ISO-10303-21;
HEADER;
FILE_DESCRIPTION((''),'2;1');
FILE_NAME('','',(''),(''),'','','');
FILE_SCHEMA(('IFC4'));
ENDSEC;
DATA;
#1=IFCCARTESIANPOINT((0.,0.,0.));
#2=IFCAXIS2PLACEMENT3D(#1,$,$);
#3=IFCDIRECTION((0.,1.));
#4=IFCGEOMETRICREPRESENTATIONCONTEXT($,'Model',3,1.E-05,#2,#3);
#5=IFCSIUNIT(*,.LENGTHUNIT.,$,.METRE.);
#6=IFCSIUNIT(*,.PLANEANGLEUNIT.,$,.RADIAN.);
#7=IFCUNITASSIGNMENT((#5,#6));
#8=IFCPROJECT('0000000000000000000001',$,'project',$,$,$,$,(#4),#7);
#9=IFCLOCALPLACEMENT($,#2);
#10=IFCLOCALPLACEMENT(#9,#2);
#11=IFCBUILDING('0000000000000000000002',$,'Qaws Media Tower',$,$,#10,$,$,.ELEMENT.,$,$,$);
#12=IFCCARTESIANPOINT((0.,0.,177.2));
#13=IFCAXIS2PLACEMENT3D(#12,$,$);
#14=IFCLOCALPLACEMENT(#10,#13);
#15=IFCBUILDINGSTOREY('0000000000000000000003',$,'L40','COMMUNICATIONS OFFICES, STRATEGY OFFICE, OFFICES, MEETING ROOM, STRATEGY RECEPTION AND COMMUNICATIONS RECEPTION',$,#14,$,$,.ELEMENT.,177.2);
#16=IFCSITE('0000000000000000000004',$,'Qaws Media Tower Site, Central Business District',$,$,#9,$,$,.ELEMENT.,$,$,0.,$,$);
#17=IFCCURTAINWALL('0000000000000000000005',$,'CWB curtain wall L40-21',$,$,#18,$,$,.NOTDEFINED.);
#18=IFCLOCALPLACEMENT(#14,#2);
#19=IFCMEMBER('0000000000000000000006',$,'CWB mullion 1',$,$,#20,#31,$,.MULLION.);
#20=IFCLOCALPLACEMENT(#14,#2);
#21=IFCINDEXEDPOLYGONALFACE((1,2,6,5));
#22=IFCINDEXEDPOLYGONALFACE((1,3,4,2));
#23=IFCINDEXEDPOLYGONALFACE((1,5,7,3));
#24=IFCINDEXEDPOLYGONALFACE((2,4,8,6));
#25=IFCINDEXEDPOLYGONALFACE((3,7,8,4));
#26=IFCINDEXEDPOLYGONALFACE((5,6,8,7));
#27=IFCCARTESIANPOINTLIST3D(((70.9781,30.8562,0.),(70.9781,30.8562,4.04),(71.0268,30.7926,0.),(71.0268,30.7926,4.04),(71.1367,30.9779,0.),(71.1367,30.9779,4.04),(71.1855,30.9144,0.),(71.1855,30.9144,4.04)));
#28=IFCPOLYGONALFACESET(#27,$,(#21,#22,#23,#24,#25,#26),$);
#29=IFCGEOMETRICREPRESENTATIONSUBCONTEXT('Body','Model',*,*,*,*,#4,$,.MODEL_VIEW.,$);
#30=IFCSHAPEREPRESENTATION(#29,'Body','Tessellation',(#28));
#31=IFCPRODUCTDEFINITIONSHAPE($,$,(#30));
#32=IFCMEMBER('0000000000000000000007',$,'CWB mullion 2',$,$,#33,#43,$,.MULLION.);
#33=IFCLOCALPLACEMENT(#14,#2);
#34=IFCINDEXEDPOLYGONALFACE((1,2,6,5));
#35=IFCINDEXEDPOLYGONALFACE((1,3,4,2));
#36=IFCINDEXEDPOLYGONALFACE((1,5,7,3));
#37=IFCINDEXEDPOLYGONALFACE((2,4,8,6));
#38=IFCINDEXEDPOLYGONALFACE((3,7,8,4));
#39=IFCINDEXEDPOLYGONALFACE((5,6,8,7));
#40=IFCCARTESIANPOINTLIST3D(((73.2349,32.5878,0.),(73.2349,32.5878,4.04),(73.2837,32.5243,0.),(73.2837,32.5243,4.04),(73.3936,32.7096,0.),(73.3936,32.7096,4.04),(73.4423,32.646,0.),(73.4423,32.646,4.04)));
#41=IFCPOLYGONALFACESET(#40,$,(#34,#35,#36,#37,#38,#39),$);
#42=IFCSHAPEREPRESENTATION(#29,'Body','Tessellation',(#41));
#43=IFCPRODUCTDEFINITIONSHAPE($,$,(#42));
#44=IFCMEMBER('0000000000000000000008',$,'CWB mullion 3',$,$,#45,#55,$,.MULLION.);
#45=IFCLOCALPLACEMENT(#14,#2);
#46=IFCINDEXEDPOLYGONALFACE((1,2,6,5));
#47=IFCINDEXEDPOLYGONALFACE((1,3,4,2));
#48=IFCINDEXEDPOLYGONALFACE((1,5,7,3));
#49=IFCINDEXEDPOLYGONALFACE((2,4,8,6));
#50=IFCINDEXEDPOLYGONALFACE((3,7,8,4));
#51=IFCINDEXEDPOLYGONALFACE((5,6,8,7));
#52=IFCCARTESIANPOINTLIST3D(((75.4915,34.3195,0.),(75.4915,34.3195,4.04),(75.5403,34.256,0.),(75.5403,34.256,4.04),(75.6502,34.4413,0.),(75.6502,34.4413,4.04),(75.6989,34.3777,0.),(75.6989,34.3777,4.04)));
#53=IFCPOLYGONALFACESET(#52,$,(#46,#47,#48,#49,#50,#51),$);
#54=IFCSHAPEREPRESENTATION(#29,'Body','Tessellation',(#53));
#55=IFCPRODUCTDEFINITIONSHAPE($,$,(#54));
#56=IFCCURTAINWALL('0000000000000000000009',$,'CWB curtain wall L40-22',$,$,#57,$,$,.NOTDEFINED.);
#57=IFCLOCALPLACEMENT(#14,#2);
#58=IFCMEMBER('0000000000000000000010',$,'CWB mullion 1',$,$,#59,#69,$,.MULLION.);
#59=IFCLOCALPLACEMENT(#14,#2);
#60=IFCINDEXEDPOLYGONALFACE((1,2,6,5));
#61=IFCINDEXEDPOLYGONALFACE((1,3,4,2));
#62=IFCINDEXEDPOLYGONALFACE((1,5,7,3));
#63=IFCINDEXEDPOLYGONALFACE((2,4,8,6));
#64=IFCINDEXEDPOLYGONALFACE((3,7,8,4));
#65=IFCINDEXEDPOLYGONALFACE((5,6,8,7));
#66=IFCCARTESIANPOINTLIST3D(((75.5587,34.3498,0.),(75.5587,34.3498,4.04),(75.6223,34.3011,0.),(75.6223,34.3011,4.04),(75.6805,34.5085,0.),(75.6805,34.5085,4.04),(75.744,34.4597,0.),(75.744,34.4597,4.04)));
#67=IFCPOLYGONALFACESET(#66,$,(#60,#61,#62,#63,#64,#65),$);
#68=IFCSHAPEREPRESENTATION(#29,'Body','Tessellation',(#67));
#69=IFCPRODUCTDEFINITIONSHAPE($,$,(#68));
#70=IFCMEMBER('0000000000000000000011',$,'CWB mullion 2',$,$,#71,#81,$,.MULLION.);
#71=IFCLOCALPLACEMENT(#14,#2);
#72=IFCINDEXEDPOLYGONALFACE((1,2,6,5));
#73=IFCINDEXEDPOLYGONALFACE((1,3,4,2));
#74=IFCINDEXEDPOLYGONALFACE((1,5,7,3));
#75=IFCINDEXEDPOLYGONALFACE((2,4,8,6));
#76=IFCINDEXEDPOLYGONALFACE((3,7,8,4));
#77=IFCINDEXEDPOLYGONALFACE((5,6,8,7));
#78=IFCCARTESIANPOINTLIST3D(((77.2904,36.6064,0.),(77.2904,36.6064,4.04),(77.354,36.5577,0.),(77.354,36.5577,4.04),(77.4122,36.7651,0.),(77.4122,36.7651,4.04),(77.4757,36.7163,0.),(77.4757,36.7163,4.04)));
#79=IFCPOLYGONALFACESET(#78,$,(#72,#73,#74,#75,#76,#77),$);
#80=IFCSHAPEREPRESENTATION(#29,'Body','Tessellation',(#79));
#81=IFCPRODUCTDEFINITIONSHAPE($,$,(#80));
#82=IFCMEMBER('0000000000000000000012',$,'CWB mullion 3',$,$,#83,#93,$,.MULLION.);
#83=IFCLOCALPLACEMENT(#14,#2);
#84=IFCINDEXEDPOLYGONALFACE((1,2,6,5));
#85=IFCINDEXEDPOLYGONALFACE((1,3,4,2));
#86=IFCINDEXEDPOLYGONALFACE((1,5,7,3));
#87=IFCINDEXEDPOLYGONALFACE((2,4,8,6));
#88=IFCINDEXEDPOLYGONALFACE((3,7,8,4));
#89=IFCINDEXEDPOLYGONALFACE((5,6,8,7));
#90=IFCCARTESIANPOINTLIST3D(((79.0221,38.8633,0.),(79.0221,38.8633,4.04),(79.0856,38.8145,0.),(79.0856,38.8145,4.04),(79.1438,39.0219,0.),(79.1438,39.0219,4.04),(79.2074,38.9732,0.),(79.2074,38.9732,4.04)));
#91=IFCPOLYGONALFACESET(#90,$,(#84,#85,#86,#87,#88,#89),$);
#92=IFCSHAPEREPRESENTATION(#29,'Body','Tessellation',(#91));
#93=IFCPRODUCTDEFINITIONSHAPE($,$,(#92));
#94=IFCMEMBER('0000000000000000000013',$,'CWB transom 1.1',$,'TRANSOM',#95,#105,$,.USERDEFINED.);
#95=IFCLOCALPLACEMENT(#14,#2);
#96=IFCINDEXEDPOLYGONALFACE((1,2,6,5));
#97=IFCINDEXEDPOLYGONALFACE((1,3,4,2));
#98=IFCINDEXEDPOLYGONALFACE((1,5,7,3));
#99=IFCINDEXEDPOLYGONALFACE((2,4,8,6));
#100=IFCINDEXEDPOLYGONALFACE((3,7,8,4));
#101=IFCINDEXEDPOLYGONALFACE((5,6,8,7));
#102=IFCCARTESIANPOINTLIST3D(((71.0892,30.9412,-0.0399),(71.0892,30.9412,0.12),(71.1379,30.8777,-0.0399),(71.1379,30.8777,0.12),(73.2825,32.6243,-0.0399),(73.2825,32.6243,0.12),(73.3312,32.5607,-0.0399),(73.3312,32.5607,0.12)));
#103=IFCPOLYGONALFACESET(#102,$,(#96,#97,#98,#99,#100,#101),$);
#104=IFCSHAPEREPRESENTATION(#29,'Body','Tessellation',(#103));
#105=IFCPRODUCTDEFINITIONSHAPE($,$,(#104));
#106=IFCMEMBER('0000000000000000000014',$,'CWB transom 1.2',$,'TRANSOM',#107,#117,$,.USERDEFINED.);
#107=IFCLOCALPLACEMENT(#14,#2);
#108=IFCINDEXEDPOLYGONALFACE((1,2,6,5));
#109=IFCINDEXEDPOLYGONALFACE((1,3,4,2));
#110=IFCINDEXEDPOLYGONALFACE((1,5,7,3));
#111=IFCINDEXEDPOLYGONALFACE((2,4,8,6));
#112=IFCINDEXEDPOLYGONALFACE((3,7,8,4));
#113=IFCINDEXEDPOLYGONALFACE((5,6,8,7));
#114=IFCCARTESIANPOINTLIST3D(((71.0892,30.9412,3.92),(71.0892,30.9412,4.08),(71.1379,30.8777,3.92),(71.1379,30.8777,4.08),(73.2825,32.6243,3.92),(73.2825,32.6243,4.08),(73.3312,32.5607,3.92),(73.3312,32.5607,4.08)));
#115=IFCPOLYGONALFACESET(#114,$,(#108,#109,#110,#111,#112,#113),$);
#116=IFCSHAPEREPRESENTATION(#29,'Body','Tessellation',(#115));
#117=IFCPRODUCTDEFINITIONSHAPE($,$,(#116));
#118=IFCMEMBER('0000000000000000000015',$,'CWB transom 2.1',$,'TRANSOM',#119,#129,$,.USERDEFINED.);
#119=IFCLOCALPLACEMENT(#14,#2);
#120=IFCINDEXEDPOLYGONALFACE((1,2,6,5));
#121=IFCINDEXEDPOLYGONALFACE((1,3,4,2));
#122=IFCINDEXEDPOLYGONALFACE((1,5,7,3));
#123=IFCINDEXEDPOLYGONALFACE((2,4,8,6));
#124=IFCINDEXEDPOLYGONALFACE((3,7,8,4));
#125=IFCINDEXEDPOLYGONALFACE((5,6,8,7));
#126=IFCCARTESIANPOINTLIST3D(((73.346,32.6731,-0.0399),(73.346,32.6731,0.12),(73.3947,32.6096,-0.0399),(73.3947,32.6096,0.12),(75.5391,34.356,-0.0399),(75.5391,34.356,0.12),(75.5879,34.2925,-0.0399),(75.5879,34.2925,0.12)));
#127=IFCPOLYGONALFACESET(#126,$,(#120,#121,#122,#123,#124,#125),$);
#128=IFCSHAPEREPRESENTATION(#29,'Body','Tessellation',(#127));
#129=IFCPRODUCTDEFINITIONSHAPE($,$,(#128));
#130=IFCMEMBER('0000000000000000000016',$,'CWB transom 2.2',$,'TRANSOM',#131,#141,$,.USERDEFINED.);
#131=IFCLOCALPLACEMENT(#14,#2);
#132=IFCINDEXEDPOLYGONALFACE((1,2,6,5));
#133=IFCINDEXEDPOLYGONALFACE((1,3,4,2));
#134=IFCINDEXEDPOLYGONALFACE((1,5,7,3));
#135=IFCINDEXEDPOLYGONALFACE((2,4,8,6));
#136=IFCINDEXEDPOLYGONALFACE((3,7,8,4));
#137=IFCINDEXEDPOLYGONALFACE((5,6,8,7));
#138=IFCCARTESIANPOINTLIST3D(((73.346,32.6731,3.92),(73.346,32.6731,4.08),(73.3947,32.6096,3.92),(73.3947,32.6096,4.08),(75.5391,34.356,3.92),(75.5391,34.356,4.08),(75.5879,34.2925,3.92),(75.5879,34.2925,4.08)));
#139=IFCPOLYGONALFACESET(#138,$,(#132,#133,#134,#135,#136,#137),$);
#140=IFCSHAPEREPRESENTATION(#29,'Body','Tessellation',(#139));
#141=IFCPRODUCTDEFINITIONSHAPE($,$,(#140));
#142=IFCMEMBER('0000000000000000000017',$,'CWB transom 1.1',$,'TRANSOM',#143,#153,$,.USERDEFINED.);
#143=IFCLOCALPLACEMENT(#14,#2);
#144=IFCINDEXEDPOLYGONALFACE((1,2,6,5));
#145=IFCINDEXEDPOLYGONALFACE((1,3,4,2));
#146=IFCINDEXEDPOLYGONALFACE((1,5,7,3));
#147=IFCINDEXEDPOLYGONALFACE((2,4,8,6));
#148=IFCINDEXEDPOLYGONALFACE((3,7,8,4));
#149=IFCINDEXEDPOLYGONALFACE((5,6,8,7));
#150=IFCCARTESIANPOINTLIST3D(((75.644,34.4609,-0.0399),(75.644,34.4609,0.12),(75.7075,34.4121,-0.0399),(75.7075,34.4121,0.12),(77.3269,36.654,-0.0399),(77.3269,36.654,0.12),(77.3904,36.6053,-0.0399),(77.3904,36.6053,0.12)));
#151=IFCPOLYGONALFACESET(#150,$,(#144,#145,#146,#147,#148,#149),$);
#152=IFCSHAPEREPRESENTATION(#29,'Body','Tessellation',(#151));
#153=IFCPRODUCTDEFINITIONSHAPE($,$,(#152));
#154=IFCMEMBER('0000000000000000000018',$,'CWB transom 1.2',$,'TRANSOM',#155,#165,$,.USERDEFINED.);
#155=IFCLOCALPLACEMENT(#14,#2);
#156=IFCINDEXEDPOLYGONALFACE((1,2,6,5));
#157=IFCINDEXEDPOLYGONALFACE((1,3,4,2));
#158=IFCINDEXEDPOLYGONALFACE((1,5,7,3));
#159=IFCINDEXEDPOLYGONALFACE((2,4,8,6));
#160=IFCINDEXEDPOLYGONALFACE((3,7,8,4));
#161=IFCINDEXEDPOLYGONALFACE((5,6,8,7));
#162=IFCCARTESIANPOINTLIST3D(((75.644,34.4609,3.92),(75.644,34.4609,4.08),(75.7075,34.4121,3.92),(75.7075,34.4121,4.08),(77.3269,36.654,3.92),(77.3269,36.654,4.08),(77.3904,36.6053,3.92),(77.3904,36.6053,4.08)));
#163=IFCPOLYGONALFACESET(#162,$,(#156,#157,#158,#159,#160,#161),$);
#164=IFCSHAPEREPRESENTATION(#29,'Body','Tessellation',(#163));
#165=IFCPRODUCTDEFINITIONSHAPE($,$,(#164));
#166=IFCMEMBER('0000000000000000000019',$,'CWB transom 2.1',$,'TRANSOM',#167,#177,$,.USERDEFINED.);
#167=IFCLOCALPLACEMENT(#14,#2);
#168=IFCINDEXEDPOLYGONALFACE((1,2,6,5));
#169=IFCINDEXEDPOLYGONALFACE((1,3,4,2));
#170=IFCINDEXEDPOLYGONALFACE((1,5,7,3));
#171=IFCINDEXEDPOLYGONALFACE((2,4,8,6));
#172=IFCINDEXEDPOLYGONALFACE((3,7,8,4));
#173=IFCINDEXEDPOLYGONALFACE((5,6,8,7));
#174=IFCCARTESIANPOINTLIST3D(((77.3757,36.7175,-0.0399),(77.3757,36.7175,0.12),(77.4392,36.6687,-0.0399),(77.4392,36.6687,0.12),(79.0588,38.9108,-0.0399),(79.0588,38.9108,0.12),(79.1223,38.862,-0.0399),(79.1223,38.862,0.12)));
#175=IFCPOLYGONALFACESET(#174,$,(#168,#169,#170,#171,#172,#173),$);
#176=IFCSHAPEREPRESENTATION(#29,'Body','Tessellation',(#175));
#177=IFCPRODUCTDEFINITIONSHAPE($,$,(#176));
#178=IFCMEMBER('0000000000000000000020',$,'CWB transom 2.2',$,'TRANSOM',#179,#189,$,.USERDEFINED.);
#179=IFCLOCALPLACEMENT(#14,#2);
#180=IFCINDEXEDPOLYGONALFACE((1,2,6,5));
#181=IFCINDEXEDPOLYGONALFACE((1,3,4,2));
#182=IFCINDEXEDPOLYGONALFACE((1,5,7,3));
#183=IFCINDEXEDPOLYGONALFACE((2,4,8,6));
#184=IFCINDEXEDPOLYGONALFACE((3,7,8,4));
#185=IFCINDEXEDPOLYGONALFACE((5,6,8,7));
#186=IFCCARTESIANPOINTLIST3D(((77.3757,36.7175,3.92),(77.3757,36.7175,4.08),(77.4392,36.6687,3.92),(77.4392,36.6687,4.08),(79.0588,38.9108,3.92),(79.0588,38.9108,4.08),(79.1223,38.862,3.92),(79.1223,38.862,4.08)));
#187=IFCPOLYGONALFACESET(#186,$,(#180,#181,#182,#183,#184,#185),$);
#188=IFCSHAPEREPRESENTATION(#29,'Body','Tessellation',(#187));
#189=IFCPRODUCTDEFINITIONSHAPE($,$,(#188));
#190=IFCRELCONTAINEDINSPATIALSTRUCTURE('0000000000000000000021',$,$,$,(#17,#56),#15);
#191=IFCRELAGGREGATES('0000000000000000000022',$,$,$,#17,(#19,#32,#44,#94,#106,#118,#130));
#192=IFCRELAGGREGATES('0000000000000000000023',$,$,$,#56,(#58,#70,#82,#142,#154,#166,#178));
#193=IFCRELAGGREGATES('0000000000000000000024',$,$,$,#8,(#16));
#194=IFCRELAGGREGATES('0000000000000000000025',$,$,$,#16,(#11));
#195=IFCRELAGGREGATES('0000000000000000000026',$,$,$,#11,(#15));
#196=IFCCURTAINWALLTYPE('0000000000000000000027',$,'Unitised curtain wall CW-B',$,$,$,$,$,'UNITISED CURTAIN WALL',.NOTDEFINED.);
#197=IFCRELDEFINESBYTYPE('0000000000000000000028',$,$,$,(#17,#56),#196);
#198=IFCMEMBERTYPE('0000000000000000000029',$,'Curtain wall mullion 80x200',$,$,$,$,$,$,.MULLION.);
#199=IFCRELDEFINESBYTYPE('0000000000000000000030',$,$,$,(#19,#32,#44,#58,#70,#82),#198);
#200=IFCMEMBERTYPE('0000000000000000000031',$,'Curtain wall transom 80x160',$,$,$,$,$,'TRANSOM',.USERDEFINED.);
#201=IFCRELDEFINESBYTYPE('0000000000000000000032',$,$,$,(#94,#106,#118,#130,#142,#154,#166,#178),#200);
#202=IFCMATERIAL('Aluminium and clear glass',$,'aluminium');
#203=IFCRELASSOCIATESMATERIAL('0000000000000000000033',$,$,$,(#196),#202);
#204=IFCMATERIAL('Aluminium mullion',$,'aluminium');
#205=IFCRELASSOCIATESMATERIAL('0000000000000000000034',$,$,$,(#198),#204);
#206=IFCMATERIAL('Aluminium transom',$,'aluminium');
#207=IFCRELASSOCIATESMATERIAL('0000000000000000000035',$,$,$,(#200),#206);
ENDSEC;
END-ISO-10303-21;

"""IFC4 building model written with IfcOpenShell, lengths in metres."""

from ifc_helpers import new_model, si_unit, direction, frame, origin, origin_2d, place, context, subcontext, project, spatial, rectangle, extrude, material, material_profile, profile_set, type_object, element, aggregate, save


model = new_model("IFC4")

# Units and contexts
model_context = context("Model", 3, precision=1e-05, world=origin(), true_north=direction((0.0, 1.0)))
body_context = subcontext(model_context, "Body", "Model", "MODEL_VIEW")
ifc_project = project(units=[si_unit("LENGTHUNIT", "METRE"), si_unit("PLANEANGLEUNIT", "RADIAN")], contexts=[model_context])

# Site, building, storey
site_placement = place(None, origin())
site = spatial("IfcSite", under=ifc_project, at=site_placement, Name="Qaws Media Tower Site, Central Business District", CompositionType="ELEMENT", RefElevation=0.0)
building_placement = place(site_placement, origin())
building = spatial("IfcBuilding", under=site, at=building_placement, Name="Qaws Media Tower", CompositionType="ELEMENT")
storey_placement = place(building_placement, frame((0.0, 0.0, 177.2)))
storey = spatial("IfcBuildingStorey", under=building, at=storey_placement, Name="L40", Description="COMMUNICATIONS OFFICES, STRATEGY OFFICE, OFFICES, MEETING ROOM, STRATEGY RECEPTION AND COMMUNICATIONS RECEPTION", CompositionType="ELEMENT", Elevation=177.2)

# Curtain walls, members
ifc_material_1 = material(Name="Aluminium and clear glass", Category="aluminium")
curtain_wall_type = type_object("IfcCurtainWallType", Name="Unitised curtain wall CW-B", ElementType="UNITISED CURTAIN WALL", PredefinedType="NOTDEFINED", material=ifc_material_1)
curtain_wall_1_placement = place(storey_placement, origin())
curtain_wall_1 = element("IfcCurtainWall", 1, at=curtain_wall_1_placement, inside=storey, type_object=curtain_wall_type, Name="CWB curtain wall L40-21", PredefinedType="NOTDEFINED")
ifc_material_2 = material(Name="Aluminium mullion", Category="aluminium")
ifc_material_profile_1 = material_profile(ifc_material_2, rectangle(XDim=0.0801, YDim=0.2, at=origin_2d()), Name="80x200")
ifc_profile_set_1 = profile_set([ifc_material_profile_1], Name="Aluminium mullion")
member_type_1 = type_object("IfcMemberType", Name="Curtain wall mullion 80x200", PredefinedType="MULLION", material=ifc_profile_set_1)
member_1_placement = place(storey_placement, frame((71.0818, 30.8853, 0.0), z_axis=(0.0, 0.0, 1.0), x_axis=(-0.608761, 0.793353, 0.0)))
member_1 = element("IfcMember", 2, at=member_1_placement, type_object=member_type_1, Name="CWB mullion 1", PredefinedType="MULLION", context=body_context, shape_type="SweptSolid", body=[
    extrude(rectangle(XDim=0.0801, YDim=0.2, at=origin_2d()), origin(), (0.0, 0.0, 1.0), 4.04),
])
member_2_placement = place(storey_placement, frame((73.3386, 32.6169, 0.0), z_axis=(0.0, 0.0, 1.0), x_axis=(-0.608761, 0.793353, 0.0)))
member_2 = element("IfcMember", 3, at=member_2_placement, type_object=member_type_1, Name="CWB mullion 2", PredefinedType="MULLION", context=body_context, shape_type="SweptSolid", body=[
    extrude(rectangle(XDim=0.0801, YDim=0.2, at=origin_2d()), origin(), (0.0, 0.0, 1.0), 4.04),
])
member_3_placement = place(storey_placement, frame((75.5952, 34.3486, 0.0), z_axis=(0.0, 0.0, 1.0), x_axis=(-0.608761, 0.793353, 0.0)))
member_3 = element("IfcMember", 4, at=member_3_placement, type_object=member_type_1, Name="CWB mullion 3", PredefinedType="MULLION", context=body_context, shape_type="SweptSolid", body=[
    extrude(rectangle(XDim=0.0801, YDim=0.2, at=origin_2d()), origin(), (0.0, 0.0, 1.0), 4.04),
])
curtain_wall_2_placement = place(storey_placement, origin())
curtain_wall_2 = element("IfcCurtainWall", 5, at=curtain_wall_2_placement, inside=storey, type_object=curtain_wall_type, Name="CWB curtain wall L40-22", PredefinedType="NOTDEFINED")
member_4_placement = place(storey_placement, frame((75.6514, 34.4048, 0.0), z_axis=(0.0, 0.0, 1.0), x_axis=(-0.793353, 0.608761, 0.0)))
member_4 = element("IfcMember", 6, at=member_4_placement, type_object=member_type_1, Name="CWB mullion 1", PredefinedType="MULLION", context=body_context, shape_type="SweptSolid", body=[
    extrude(rectangle(XDim=0.0801, YDim=0.2, at=origin_2d()), origin(), (0.0, 0.0, 1.0), 4.04),
])
member_5_placement = place(storey_placement, frame((77.3831, 36.6614, 0.0), z_axis=(0.0, 0.0, 1.0), x_axis=(-0.793353, 0.608761, 0.0)))
member_5 = element("IfcMember", 7, at=member_5_placement, type_object=member_type_1, Name="CWB mullion 2", PredefinedType="MULLION", context=body_context, shape_type="SweptSolid", body=[
    extrude(rectangle(XDim=0.0801, YDim=0.2, at=origin_2d()), origin(), (0.0, 0.0, 1.0), 4.04),
])
member_6_placement = place(storey_placement, frame((79.1147, 38.9182, 0.0), z_axis=(0.0, 0.0, 1.0), x_axis=(-0.793353, 0.608761, 0.0)))
member_6 = element("IfcMember", 8, at=member_6_placement, type_object=member_type_1, Name="CWB mullion 3", PredefinedType="MULLION", context=body_context, shape_type="SweptSolid", body=[
    extrude(rectangle(XDim=0.0801, YDim=0.2, at=origin_2d()), origin(), (0.0, 0.0, 1.0), 4.04),
])

# Members
ifc_material_3 = material(Name="Aluminium transom", Category="aluminium")
ifc_material_profile_2 = material_profile(ifc_material_3, rectangle(XDim=0.0801, YDim=0.1599, at=origin_2d()), Name="80x160")
ifc_profile_set_2 = profile_set([ifc_material_profile_2], Name="Aluminium transom")
member_type_2 = type_object("IfcMemberType", Name="Curtain wall transom 80x160", ElementType="TRANSOM", PredefinedType="USERDEFINED", material=ifc_profile_set_2)
member_7_placement = place(storey_placement, frame((71.1135, 30.9094, 0.04), z_axis=(0.793339, 0.60878, 0.0), x_axis=(-0.60878, 0.793339, 0.0)))
member_7 = element("IfcMember", 9, at=member_7_placement, type_object=member_type_2, Name="CWB transom 1.1", ObjectType="TRANSOM", PredefinedType="USERDEFINED", context=body_context, shape_type="SweptSolid", body=[
    extrude(rectangle(XDim=0.0801, YDim=0.1599, at=origin_2d()), origin(), (0.0, 0.0, 1.0), 2.7646),
])
member_8_placement = place(storey_placement, frame((71.1135, 30.9094, 4.0), z_axis=(0.793339, 0.60878, 0.0), x_axis=(-0.60878, 0.793339, 0.0)))
member_8 = element("IfcMember", 10, at=member_8_placement, type_object=member_type_2, Name="CWB transom 1.2", ObjectType="TRANSOM", PredefinedType="USERDEFINED", context=body_context, shape_type="SweptSolid", body=[
    extrude(rectangle(XDim=0.0801, YDim=0.1599, at=origin_2d()), origin(), (0.0, 0.0, 1.0), 2.7646),
])
member_9_placement = place(storey_placement, frame((73.3704, 32.6414, 0.04), z_axis=(0.793349, 0.608767, 0.0), x_axis=(-0.608767, 0.793349, 0.0)))
member_9 = element("IfcMember", 11, at=member_9_placement, type_object=member_type_2, Name="CWB transom 2.1", ObjectType="TRANSOM", PredefinedType="USERDEFINED", context=body_context, shape_type="SweptSolid", body=[
    extrude(rectangle(XDim=0.0801, YDim=0.1599, at=origin_2d()), origin(), (0.0, 0.0, 1.0), 2.7644),
])
member_10_placement = place(storey_placement, frame((73.3704, 32.6414, 4.0), z_axis=(0.793349, 0.608767, 0.0), x_axis=(-0.608767, 0.793349, 0.0)))
member_10 = element("IfcMember", 12, at=member_10_placement, type_object=member_type_2, Name="CWB transom 2.2", ObjectType="TRANSOM", PredefinedType="USERDEFINED", context=body_context, shape_type="SweptSolid", body=[
    extrude(rectangle(XDim=0.0801, YDim=0.1599, at=origin_2d()), origin(), (0.0, 0.0, 1.0), 2.7644),
])
member_11_placement = place(storey_placement, frame((75.6758, 34.4365, 0.04), z_axis=(0.608767, 0.793349, 0.0), x_axis=(-0.793349, 0.608767, 0.0)))
member_11 = element("IfcMember", 13, at=member_11_placement, type_object=member_type_2, Name="CWB transom 1.1", ObjectType="TRANSOM", PredefinedType="USERDEFINED", context=body_context, shape_type="SweptSolid", body=[
    extrude(rectangle(XDim=0.0801, YDim=0.1599, at=origin_2d()), origin(), (0.0, 0.0, 1.0), 2.7644),
])
member_12_placement = place(storey_placement, frame((75.6758, 34.4365, 4.0), z_axis=(0.608767, 0.793349, 0.0), x_axis=(-0.793349, 0.608767, 0.0)))
member_12 = element("IfcMember", 14, at=member_12_placement, type_object=member_type_2, Name="CWB transom 1.2", ObjectType="TRANSOM", PredefinedType="USERDEFINED", context=body_context, shape_type="SweptSolid", body=[
    extrude(rectangle(XDim=0.0801, YDim=0.1599, at=origin_2d()), origin(), (0.0, 0.0, 1.0), 2.7644),
])
member_13_placement = place(storey_placement, frame((77.4075, 36.6931, 0.04), z_axis=(0.60878, 0.793339, 0.0), x_axis=(-0.793339, 0.60878, 0.0)))
member_13 = element("IfcMember", 15, at=member_13_placement, type_object=member_type_2, Name="CWB transom 2.1", ObjectType="TRANSOM", PredefinedType="USERDEFINED", context=body_context, shape_type="SweptSolid", body=[
    extrude(rectangle(XDim=0.0801, YDim=0.1599, at=origin_2d()), origin(), (0.0, 0.0, 1.0), 2.7646),
])
member_14_placement = place(storey_placement, frame((77.4075, 36.6931, 4.0), z_axis=(0.60878, 0.793339, 0.0), x_axis=(-0.793339, 0.60878, 0.0)))
member_14 = element("IfcMember", 16, at=member_14_placement, type_object=member_type_2, Name="CWB transom 2.2", ObjectType="TRANSOM", PredefinedType="USERDEFINED", context=body_context, shape_type="SweptSolid", body=[
    extrude(rectangle(XDim=0.0801, YDim=0.1599, at=origin_2d()), origin(), (0.0, 0.0, 1.0), 2.7646),
])

aggregate(curtain_wall_1, [member_1, member_2, member_3, member_7, member_8, member_9, member_10])
aggregate(curtain_wall_2, [member_4, member_5, member_6, member_11, member_12, member_13, member_14])

save(model, "model.ifc")
